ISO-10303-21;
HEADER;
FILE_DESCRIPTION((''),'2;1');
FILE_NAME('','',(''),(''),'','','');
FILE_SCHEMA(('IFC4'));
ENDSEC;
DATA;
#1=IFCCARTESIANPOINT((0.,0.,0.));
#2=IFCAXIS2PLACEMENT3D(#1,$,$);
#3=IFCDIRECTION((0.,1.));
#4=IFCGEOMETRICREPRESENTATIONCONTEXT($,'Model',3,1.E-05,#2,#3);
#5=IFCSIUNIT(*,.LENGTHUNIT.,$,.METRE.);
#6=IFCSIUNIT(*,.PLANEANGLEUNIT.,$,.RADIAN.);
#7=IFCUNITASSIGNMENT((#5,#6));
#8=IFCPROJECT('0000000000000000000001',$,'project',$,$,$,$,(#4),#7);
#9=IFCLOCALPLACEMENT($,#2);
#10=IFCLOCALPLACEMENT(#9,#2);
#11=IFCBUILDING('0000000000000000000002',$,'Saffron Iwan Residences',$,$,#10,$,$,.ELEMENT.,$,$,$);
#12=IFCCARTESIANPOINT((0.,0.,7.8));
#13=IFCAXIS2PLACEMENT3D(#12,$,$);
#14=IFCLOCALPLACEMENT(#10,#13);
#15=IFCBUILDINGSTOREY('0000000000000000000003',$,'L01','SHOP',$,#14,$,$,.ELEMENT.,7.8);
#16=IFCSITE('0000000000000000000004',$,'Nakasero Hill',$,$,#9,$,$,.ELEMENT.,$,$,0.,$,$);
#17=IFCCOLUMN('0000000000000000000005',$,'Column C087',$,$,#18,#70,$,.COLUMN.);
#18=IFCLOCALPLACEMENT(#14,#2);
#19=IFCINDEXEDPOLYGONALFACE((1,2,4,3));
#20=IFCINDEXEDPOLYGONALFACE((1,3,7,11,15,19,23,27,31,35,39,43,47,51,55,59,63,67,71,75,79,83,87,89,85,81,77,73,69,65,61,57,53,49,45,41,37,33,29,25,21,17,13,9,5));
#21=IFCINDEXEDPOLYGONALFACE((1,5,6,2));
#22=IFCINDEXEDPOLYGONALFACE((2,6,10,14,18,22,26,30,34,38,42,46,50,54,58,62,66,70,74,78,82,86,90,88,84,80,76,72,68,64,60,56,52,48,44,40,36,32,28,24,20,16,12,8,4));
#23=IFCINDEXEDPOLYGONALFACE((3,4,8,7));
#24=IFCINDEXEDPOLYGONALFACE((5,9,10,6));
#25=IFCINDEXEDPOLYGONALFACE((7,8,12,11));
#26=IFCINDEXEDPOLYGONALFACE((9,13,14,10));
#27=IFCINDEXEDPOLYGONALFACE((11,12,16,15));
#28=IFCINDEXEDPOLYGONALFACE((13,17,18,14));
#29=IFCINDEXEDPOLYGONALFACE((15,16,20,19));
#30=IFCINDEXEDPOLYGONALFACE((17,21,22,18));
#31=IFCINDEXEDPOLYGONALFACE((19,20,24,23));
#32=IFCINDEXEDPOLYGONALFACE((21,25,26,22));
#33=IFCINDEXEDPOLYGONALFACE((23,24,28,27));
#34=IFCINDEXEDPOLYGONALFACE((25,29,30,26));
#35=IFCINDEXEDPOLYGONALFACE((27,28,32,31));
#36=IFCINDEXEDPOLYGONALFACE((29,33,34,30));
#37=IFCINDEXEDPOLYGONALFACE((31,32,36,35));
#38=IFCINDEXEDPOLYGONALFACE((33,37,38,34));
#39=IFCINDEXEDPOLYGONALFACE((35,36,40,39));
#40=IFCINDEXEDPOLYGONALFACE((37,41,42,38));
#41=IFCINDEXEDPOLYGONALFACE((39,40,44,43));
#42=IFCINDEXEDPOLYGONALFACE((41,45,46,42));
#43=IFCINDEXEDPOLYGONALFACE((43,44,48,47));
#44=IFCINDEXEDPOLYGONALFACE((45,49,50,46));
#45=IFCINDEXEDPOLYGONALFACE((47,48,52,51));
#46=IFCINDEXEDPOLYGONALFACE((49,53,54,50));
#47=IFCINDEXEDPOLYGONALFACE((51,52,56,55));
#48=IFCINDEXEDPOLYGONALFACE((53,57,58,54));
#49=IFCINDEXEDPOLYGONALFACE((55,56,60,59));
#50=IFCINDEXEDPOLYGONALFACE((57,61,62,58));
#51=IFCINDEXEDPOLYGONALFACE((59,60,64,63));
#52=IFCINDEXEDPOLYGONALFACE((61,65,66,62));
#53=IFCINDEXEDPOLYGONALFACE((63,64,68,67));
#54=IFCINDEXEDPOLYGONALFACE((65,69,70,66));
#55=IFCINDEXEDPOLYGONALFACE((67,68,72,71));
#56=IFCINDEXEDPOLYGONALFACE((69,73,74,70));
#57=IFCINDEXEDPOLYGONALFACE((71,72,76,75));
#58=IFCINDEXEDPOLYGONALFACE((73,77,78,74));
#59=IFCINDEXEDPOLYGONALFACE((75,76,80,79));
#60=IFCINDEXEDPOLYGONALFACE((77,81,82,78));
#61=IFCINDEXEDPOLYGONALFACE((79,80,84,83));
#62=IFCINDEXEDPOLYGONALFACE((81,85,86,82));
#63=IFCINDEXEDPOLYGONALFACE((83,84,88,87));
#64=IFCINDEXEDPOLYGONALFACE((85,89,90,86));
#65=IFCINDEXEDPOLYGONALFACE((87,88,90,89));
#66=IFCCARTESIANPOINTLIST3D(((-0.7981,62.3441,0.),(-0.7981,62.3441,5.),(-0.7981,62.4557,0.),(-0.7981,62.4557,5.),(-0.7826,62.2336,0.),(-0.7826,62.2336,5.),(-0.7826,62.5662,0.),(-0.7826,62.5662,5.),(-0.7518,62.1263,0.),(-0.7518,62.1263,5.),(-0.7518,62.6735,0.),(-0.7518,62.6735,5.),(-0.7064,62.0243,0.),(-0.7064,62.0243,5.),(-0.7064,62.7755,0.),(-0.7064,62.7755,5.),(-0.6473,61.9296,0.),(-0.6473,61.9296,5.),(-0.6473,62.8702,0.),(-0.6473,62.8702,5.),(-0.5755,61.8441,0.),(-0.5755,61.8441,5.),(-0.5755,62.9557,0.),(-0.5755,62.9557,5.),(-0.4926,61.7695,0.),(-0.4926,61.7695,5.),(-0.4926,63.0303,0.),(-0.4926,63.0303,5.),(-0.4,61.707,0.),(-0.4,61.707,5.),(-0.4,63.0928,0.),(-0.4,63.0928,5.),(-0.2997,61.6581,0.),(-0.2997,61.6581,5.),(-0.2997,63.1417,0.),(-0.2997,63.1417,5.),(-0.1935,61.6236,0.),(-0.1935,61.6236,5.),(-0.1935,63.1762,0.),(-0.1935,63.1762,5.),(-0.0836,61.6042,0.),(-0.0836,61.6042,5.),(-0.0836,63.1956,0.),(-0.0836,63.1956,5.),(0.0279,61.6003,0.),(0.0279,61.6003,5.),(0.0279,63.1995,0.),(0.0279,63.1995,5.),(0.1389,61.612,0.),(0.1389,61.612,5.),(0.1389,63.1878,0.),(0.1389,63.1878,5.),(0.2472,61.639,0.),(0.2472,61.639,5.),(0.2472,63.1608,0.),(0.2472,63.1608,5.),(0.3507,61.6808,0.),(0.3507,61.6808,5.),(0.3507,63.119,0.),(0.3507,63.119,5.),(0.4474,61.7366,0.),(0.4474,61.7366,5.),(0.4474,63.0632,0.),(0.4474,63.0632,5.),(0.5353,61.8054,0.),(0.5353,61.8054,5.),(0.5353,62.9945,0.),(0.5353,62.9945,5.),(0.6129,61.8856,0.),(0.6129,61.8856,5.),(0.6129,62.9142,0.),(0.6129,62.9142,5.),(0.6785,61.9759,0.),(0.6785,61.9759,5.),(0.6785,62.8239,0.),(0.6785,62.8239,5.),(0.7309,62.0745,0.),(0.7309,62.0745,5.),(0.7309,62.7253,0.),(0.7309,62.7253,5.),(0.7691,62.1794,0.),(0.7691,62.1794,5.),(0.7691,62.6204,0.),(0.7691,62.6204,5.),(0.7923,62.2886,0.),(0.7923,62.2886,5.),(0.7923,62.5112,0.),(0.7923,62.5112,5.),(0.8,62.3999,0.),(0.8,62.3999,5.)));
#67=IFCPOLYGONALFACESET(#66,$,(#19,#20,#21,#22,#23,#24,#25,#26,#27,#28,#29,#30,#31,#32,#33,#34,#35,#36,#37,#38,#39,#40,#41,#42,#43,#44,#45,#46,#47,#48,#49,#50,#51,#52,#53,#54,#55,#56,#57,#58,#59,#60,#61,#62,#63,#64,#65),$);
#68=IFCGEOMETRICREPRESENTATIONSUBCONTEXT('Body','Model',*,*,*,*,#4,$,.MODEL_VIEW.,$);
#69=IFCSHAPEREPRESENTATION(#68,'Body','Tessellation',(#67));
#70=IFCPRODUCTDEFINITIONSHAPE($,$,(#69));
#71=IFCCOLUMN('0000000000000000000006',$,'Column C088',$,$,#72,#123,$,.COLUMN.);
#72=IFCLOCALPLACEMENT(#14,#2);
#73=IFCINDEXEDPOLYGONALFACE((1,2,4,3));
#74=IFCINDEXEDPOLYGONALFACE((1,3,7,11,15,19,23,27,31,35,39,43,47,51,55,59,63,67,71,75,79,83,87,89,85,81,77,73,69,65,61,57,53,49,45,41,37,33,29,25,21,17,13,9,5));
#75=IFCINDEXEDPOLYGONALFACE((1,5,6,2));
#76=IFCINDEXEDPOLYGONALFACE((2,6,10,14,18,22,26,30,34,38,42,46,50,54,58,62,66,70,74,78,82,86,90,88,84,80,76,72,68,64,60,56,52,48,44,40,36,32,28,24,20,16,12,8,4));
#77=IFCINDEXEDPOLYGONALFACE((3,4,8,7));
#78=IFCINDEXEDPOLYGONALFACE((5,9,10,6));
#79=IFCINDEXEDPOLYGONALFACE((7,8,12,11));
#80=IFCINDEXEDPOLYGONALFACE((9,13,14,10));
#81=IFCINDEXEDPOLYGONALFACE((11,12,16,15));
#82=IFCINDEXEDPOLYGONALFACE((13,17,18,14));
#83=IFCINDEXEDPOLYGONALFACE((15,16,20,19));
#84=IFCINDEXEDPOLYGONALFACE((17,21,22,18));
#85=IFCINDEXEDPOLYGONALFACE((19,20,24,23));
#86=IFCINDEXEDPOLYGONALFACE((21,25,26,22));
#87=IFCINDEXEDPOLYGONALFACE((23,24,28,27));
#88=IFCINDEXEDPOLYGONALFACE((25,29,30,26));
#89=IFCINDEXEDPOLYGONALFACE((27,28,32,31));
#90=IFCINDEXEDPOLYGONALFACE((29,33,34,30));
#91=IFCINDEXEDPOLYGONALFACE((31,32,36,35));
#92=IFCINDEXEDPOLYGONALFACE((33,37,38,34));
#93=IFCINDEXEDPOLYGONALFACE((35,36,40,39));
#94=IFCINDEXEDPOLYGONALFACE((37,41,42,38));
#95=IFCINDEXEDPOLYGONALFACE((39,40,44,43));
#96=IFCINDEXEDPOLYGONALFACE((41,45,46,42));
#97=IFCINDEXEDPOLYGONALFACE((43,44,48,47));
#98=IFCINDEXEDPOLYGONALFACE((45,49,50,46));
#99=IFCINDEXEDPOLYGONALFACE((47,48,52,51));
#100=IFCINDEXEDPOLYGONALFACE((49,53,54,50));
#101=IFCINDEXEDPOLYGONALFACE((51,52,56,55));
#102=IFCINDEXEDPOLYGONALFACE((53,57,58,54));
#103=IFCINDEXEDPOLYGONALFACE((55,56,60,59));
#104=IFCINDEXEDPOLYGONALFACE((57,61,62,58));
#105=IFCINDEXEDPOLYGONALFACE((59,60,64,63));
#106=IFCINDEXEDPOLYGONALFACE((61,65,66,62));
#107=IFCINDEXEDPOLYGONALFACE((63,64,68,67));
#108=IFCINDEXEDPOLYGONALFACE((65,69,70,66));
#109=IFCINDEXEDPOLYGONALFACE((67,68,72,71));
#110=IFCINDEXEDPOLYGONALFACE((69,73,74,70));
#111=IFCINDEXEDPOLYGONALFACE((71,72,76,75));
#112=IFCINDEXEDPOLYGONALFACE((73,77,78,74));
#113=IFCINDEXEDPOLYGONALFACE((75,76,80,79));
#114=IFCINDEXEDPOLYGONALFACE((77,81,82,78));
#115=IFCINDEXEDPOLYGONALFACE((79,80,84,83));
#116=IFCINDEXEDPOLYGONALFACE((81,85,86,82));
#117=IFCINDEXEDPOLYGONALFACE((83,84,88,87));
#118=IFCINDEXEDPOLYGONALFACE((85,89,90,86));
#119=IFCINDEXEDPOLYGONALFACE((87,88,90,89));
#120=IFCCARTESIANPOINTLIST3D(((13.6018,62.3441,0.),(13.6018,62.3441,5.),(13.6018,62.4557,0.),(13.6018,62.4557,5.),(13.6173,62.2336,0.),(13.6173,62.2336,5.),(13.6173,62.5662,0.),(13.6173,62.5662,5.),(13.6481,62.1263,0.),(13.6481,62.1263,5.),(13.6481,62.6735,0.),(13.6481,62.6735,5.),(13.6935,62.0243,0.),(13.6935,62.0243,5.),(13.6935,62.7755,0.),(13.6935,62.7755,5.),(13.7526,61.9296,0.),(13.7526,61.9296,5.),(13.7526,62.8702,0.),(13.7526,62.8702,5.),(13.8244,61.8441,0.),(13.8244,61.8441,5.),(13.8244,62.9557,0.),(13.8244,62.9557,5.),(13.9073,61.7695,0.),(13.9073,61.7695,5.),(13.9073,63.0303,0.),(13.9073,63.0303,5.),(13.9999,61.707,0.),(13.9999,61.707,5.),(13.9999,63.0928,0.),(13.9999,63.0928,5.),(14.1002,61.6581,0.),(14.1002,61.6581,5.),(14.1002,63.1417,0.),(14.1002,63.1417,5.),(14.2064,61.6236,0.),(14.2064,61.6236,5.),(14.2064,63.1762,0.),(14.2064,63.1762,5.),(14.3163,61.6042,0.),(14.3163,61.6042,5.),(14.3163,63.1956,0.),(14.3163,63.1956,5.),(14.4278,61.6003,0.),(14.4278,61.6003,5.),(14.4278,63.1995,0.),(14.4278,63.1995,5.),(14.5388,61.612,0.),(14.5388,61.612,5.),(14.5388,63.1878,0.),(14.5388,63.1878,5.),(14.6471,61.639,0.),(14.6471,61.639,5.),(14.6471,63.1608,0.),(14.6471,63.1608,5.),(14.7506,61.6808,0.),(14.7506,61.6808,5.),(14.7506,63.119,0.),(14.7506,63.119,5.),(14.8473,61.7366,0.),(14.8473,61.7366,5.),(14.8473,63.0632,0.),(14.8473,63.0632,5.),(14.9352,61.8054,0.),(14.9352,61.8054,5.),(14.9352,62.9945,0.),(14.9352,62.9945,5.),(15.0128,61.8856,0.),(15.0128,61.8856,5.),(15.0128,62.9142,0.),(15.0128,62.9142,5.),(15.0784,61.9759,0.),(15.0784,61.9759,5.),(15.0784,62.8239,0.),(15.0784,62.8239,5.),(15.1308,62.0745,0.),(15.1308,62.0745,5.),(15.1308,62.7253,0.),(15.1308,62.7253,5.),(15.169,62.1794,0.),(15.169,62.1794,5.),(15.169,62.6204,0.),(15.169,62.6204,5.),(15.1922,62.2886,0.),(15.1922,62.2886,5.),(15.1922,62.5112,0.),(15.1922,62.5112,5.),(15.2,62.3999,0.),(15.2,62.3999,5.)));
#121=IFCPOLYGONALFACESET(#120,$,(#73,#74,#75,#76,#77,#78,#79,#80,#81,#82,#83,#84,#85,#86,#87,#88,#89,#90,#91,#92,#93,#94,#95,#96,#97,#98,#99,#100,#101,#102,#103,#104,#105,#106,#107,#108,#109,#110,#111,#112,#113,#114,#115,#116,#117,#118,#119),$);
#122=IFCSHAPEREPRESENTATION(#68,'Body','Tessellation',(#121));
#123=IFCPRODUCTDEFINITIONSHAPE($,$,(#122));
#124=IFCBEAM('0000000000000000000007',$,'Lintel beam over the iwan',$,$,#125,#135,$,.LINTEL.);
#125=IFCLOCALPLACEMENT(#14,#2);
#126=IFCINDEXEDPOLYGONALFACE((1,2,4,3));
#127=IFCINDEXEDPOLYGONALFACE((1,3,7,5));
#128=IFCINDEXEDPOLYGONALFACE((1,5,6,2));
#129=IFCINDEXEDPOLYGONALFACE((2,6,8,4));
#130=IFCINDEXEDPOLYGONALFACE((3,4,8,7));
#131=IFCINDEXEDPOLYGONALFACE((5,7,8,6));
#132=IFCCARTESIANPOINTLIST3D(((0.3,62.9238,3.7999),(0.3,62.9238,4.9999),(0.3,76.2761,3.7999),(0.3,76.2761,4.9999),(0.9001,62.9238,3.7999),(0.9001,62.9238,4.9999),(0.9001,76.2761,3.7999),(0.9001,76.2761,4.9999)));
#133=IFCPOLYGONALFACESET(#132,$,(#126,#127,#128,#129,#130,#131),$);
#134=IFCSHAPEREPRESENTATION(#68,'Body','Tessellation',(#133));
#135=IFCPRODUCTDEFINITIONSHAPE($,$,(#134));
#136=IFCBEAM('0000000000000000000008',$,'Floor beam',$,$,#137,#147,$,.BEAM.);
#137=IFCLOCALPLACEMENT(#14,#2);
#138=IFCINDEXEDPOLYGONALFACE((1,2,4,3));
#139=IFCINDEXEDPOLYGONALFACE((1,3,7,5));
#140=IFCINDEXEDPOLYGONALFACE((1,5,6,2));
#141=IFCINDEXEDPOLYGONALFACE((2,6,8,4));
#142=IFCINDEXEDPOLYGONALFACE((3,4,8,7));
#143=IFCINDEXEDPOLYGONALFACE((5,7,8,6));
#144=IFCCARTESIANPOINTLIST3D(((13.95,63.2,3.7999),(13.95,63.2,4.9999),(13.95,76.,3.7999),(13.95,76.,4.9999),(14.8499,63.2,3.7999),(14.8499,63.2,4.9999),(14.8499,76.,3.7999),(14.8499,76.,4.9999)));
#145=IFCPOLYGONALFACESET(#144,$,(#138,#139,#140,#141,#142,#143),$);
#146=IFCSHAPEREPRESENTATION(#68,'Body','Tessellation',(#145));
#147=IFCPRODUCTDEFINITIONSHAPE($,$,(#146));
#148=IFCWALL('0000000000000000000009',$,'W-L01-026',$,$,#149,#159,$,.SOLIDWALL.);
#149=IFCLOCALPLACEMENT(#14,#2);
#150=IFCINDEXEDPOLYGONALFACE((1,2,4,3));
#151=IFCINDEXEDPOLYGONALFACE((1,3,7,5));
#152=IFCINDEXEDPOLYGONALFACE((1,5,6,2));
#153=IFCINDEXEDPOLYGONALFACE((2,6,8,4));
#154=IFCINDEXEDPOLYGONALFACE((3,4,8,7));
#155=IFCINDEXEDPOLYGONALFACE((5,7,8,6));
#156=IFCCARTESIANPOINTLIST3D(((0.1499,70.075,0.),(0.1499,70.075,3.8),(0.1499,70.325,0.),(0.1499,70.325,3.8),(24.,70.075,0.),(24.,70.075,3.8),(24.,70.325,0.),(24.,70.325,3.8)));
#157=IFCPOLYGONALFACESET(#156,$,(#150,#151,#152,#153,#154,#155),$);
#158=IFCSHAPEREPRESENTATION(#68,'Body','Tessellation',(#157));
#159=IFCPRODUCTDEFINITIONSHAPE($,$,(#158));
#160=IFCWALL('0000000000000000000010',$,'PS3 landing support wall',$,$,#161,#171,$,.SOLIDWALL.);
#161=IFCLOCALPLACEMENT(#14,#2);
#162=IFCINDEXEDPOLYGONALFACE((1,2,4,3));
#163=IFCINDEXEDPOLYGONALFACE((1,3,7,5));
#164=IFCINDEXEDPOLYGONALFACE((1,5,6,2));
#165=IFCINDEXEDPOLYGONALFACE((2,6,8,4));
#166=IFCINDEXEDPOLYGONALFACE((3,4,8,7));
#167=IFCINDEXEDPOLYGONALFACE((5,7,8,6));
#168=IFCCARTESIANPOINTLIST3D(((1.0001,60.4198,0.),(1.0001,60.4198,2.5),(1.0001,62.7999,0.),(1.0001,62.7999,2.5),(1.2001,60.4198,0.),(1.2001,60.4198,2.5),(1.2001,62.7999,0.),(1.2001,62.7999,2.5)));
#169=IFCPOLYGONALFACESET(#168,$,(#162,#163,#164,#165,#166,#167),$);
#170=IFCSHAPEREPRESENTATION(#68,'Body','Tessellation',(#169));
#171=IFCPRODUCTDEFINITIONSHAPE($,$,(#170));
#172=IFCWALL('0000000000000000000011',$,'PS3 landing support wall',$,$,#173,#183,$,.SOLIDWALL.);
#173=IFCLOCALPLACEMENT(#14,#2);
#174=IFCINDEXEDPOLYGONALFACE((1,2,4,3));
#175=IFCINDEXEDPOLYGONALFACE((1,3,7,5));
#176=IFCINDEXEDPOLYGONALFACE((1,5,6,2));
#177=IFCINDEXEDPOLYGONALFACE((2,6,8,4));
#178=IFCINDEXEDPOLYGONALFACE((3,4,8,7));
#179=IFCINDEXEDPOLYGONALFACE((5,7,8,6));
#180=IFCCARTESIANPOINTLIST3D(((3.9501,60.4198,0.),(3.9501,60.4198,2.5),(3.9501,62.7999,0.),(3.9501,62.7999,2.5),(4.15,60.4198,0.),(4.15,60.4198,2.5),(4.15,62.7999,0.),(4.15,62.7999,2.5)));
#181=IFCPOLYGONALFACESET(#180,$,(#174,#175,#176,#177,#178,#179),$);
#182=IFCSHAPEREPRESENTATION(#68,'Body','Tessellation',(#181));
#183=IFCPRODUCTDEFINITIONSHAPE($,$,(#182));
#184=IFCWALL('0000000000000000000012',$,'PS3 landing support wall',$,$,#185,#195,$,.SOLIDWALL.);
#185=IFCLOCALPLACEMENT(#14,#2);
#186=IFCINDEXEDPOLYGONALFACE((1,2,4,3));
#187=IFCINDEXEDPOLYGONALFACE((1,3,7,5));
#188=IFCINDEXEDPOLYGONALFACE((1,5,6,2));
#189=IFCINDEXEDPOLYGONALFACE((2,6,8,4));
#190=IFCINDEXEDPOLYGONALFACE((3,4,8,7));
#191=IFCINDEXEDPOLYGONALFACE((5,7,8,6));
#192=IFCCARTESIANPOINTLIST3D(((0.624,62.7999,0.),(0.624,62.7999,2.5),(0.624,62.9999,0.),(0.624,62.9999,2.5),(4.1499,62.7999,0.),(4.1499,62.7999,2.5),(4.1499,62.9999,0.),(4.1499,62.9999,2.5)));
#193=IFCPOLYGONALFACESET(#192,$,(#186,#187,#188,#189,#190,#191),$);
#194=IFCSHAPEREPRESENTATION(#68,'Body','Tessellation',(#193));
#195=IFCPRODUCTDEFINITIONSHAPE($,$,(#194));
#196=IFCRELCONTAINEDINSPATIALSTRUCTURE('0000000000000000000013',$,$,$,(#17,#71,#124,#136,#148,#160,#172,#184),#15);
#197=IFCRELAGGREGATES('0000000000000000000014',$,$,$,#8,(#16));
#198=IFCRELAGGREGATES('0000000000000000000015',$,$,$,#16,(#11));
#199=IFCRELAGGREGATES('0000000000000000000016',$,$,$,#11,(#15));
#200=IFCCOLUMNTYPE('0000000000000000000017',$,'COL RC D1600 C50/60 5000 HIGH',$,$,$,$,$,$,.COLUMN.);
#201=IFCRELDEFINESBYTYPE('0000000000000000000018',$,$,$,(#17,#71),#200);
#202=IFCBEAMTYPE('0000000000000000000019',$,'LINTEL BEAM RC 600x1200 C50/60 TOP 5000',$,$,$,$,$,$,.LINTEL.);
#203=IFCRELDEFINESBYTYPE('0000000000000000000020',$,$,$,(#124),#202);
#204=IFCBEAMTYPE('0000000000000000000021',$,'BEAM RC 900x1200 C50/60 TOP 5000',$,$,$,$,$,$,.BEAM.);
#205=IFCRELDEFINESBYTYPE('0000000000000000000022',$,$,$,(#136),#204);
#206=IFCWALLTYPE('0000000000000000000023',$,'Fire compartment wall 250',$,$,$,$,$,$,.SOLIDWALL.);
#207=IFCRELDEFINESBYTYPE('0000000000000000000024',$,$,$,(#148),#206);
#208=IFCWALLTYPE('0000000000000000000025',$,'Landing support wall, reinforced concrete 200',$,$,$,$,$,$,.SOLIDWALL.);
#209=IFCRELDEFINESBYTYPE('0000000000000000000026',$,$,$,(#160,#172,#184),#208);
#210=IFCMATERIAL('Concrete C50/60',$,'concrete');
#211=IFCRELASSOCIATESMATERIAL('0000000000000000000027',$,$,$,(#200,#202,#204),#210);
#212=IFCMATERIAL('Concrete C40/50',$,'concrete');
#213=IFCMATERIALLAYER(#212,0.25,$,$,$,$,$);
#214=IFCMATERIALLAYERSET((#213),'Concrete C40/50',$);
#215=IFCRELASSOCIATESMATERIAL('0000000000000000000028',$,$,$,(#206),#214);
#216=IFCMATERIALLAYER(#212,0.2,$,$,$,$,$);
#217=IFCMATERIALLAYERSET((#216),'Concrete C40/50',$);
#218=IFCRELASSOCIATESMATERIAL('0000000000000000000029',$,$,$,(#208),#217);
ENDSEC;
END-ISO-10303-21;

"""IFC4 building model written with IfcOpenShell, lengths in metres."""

from ifc_helpers import new_model, si_unit, direction, frame, frame_2d, origin, origin_2d, place, context, subcontext, project, spatial, rectangle, circle, extrude, source, transform, mapped, material, layer, layer_set, material_profile, profile_set, type_object, element, save


model = new_model("IFC4")

# Units and contexts
model_context = context("Model", 3, precision=1e-05, world=origin(), true_north=direction((0.0, 1.0)))
body_context = subcontext(model_context, "Body", "Model", "MODEL_VIEW")
ifc_project = project(units=[si_unit("LENGTHUNIT", "METRE"), si_unit("PLANEANGLEUNIT", "RADIAN")], contexts=[model_context])

# Site, building, storey
site_placement = place(None, origin())
site = spatial("IfcSite", under=ifc_project, at=site_placement, Name="Nakasero Hill", CompositionType="ELEMENT", RefElevation=0.0)
building_placement = place(site_placement, origin())
building = spatial("IfcBuilding", under=site, at=building_placement, Name="Saffron Iwan Residences", CompositionType="ELEMENT")
storey_placement = place(building_placement, frame((0.0, 0.0, 7.8)))
storey = spatial("IfcBuildingStorey", under=building, at=storey_placement, Name="L01", Description="SHOP", CompositionType="ELEMENT", Elevation=7.8)

# Columns
ifc_material_1 = material(Name="Concrete C50/60", Category="concrete")
ifc_material_profile_1 = material_profile(ifc_material_1, circle(Radius=0.8, at=origin_2d()), Name="RC D1600")
ifc_profile_set_1 = profile_set([ifc_material_profile_1], Name="Concrete C50/60")
column_type = type_object("IfcColumnType", Name="COL RC D1600 C50/60 5000 HIGH", PredefinedType="COLUMN", material=ifc_profile_set_1)
shared_shape_1 = source(origin(), body_context, "Body", "SweptSolid", [
    extrude(circle(Radius=0.8, at=origin_2d()), origin(), (0.0, 0.0, 1.0), 5.0),
])
for number, where, z_axis, x_axis, name in (
    (1, (0.0, 62.3999, 0.0), (0.0, 0.0, 1.0), (1.0, 0.0, 0.0), "Column C087"),
    (2, (14.3999, 62.3999, 0.0), (0.0, 0.0, 1.0), (1.0, 0.0, 0.0), "Column C088"),
):
    element("IfcColumn", number, at=place(storey_placement, frame(where, z_axis=z_axis, x_axis=x_axis)), inside=storey, type_object=column_type, Name=name, PredefinedType="COLUMN", context=body_context, shape_type="MappedRepresentation", body=[
        mapped(shared_shape_1, transform((0.0, 0.0, 0.0))),
    ])

# Beams
ifc_material_profile_2 = material_profile(ifc_material_1, rectangle(XDim=0.6001, YDim=1.2, at=origin_2d()), Name="RC 600x1200")
ifc_profile_set_2 = profile_set([ifc_material_profile_2], Name="Concrete C50/60")
beam_type_1 = type_object("IfcBeamType", Name="LINTEL BEAM RC 600x1200 C50/60 TOP 5000", PredefinedType="LINTEL", material=ifc_profile_set_2)
shared_shape_2 = source(origin(), body_context, "Body", "SweptSolid", [
    extrude(rectangle(XDim=0.6001, YDim=1.2, at=origin_2d()), origin(), (0.0, 0.0, 1.0), 13.3523),
])
beam_1_placement = place(storey_placement, frame((0.6001, 62.9238, 4.3999), z_axis=(0.0, 1.0, 0.0), x_axis=(-1.0, 0.0, 0.0)))
element("IfcBeam", 3, at=beam_1_placement, inside=storey, type_object=beam_type_1, Name="Lintel beam over the iwan", PredefinedType="LINTEL", context=body_context, shape_type="MappedRepresentation", body=[
    mapped(shared_shape_2, transform((0.0, 0.0, 0.0))),
])
ifc_material_profile_3 = material_profile(ifc_material_1, rectangle(XDim=0.8999, YDim=1.2, at=origin_2d()), Name="RC 900x1200")
ifc_profile_set_3 = profile_set([ifc_material_profile_3], Name="Concrete C50/60")
beam_type_2 = type_object("IfcBeamType", Name="BEAM RC 900x1200 C50/60 TOP 5000", PredefinedType="BEAM", material=ifc_profile_set_3)
shared_shape_3 = source(origin(), body_context, "Body", "SweptSolid", [
    extrude(rectangle(XDim=0.8999, YDim=1.2, at=origin_2d()), origin(), (0.0, 0.0, 1.0), 12.8),
])
beam_2_placement = place(storey_placement, frame((14.3999, 63.2, 4.3999), z_axis=(0.0, 1.0, 0.0), x_axis=(-1.0, 0.0, 0.0)))
element("IfcBeam", 4, at=beam_2_placement, inside=storey, type_object=beam_type_2, Name="Floor beam", PredefinedType="BEAM", context=body_context, shape_type="MappedRepresentation", body=[
    mapped(shared_shape_3, transform((0.0, 0.0, 0.0))),
])

# Walls
ifc_material_2 = material(Name="Concrete C40/50", Category="concrete")
ifc_layer_1 = layer(ifc_material_2, 0.25)
ifc_layer_set_1 = layer_set([ifc_layer_1], Name="Concrete C40/50")
wall_type_1 = type_object("IfcWallType", Name="Fire compartment wall 250", PredefinedType="SOLIDWALL", material=ifc_layer_set_1)
wall_1_placement = place(storey_placement, frame((0.1499, 70.2, 0.0), z_axis=(0.0, 0.0, 1.0), x_axis=(1.0, 0.0, 0.0)))
element("IfcWall", 5, at=wall_1_placement, inside=storey, type_object=wall_type_1, Name="W-L01-026", PredefinedType="SOLIDWALL", context=body_context, shape_type="SweptSolid", body=[
    extrude(rectangle(XDim=23.8501, YDim=0.25, at=frame_2d((11.925, 0.0))), origin(), (0.0, 0.0, 1.0), 3.8),
])
ifc_layer_2 = layer(ifc_material_2, 0.2)
ifc_layer_set_2 = layer_set([ifc_layer_2], Name="Concrete C40/50")
wall_type_2 = type_object("IfcWallType", Name="Landing support wall, reinforced concrete 200", PredefinedType="SOLIDWALL", material=ifc_layer_set_2)
for number, where, z_axis, x_axis, name in (
    (6, (1.1001, 60.4199, 0.0), (0.0, 0.0, 1.0), (0.0, 1.0, 0.0), "PS3 landing support wall"),
    (7, (4.05, 60.4199, 0.0), (0.0, 0.0, 1.0), (0.0, 1.0, 0.0), "PS3 landing support wall"),
):
    element("IfcWall", number, at=place(storey_placement, frame(where, z_axis=z_axis, x_axis=x_axis)), inside=storey, type_object=wall_type_2, Name=name, PredefinedType="SOLIDWALL", context=body_context, shape_type="SweptSolid", body=[
        extrude(rectangle(XDim=2.3801, YDim=0.2, at=frame_2d((1.1899, 0.0))), origin(), (0.0, 0.0, 1.0), 2.5),
    ])
wall_2_placement = place(storey_placement, frame((0.624, 62.8999, 0.0), z_axis=(0.0, 0.0, 1.0), x_axis=(1.0, 0.0, 0.0)))
element("IfcWall", 8, at=wall_2_placement, inside=storey, type_object=wall_type_2, Name="PS3 landing support wall", PredefinedType="SOLIDWALL", context=body_context, shape_type="SweptSolid", body=[
    extrude(rectangle(XDim=3.5259, YDim=0.2, at=frame_2d((1.7629, 0.0))), origin(), (0.0, 0.0, 1.0), 2.5),
])

save(model, "model.ifc")
